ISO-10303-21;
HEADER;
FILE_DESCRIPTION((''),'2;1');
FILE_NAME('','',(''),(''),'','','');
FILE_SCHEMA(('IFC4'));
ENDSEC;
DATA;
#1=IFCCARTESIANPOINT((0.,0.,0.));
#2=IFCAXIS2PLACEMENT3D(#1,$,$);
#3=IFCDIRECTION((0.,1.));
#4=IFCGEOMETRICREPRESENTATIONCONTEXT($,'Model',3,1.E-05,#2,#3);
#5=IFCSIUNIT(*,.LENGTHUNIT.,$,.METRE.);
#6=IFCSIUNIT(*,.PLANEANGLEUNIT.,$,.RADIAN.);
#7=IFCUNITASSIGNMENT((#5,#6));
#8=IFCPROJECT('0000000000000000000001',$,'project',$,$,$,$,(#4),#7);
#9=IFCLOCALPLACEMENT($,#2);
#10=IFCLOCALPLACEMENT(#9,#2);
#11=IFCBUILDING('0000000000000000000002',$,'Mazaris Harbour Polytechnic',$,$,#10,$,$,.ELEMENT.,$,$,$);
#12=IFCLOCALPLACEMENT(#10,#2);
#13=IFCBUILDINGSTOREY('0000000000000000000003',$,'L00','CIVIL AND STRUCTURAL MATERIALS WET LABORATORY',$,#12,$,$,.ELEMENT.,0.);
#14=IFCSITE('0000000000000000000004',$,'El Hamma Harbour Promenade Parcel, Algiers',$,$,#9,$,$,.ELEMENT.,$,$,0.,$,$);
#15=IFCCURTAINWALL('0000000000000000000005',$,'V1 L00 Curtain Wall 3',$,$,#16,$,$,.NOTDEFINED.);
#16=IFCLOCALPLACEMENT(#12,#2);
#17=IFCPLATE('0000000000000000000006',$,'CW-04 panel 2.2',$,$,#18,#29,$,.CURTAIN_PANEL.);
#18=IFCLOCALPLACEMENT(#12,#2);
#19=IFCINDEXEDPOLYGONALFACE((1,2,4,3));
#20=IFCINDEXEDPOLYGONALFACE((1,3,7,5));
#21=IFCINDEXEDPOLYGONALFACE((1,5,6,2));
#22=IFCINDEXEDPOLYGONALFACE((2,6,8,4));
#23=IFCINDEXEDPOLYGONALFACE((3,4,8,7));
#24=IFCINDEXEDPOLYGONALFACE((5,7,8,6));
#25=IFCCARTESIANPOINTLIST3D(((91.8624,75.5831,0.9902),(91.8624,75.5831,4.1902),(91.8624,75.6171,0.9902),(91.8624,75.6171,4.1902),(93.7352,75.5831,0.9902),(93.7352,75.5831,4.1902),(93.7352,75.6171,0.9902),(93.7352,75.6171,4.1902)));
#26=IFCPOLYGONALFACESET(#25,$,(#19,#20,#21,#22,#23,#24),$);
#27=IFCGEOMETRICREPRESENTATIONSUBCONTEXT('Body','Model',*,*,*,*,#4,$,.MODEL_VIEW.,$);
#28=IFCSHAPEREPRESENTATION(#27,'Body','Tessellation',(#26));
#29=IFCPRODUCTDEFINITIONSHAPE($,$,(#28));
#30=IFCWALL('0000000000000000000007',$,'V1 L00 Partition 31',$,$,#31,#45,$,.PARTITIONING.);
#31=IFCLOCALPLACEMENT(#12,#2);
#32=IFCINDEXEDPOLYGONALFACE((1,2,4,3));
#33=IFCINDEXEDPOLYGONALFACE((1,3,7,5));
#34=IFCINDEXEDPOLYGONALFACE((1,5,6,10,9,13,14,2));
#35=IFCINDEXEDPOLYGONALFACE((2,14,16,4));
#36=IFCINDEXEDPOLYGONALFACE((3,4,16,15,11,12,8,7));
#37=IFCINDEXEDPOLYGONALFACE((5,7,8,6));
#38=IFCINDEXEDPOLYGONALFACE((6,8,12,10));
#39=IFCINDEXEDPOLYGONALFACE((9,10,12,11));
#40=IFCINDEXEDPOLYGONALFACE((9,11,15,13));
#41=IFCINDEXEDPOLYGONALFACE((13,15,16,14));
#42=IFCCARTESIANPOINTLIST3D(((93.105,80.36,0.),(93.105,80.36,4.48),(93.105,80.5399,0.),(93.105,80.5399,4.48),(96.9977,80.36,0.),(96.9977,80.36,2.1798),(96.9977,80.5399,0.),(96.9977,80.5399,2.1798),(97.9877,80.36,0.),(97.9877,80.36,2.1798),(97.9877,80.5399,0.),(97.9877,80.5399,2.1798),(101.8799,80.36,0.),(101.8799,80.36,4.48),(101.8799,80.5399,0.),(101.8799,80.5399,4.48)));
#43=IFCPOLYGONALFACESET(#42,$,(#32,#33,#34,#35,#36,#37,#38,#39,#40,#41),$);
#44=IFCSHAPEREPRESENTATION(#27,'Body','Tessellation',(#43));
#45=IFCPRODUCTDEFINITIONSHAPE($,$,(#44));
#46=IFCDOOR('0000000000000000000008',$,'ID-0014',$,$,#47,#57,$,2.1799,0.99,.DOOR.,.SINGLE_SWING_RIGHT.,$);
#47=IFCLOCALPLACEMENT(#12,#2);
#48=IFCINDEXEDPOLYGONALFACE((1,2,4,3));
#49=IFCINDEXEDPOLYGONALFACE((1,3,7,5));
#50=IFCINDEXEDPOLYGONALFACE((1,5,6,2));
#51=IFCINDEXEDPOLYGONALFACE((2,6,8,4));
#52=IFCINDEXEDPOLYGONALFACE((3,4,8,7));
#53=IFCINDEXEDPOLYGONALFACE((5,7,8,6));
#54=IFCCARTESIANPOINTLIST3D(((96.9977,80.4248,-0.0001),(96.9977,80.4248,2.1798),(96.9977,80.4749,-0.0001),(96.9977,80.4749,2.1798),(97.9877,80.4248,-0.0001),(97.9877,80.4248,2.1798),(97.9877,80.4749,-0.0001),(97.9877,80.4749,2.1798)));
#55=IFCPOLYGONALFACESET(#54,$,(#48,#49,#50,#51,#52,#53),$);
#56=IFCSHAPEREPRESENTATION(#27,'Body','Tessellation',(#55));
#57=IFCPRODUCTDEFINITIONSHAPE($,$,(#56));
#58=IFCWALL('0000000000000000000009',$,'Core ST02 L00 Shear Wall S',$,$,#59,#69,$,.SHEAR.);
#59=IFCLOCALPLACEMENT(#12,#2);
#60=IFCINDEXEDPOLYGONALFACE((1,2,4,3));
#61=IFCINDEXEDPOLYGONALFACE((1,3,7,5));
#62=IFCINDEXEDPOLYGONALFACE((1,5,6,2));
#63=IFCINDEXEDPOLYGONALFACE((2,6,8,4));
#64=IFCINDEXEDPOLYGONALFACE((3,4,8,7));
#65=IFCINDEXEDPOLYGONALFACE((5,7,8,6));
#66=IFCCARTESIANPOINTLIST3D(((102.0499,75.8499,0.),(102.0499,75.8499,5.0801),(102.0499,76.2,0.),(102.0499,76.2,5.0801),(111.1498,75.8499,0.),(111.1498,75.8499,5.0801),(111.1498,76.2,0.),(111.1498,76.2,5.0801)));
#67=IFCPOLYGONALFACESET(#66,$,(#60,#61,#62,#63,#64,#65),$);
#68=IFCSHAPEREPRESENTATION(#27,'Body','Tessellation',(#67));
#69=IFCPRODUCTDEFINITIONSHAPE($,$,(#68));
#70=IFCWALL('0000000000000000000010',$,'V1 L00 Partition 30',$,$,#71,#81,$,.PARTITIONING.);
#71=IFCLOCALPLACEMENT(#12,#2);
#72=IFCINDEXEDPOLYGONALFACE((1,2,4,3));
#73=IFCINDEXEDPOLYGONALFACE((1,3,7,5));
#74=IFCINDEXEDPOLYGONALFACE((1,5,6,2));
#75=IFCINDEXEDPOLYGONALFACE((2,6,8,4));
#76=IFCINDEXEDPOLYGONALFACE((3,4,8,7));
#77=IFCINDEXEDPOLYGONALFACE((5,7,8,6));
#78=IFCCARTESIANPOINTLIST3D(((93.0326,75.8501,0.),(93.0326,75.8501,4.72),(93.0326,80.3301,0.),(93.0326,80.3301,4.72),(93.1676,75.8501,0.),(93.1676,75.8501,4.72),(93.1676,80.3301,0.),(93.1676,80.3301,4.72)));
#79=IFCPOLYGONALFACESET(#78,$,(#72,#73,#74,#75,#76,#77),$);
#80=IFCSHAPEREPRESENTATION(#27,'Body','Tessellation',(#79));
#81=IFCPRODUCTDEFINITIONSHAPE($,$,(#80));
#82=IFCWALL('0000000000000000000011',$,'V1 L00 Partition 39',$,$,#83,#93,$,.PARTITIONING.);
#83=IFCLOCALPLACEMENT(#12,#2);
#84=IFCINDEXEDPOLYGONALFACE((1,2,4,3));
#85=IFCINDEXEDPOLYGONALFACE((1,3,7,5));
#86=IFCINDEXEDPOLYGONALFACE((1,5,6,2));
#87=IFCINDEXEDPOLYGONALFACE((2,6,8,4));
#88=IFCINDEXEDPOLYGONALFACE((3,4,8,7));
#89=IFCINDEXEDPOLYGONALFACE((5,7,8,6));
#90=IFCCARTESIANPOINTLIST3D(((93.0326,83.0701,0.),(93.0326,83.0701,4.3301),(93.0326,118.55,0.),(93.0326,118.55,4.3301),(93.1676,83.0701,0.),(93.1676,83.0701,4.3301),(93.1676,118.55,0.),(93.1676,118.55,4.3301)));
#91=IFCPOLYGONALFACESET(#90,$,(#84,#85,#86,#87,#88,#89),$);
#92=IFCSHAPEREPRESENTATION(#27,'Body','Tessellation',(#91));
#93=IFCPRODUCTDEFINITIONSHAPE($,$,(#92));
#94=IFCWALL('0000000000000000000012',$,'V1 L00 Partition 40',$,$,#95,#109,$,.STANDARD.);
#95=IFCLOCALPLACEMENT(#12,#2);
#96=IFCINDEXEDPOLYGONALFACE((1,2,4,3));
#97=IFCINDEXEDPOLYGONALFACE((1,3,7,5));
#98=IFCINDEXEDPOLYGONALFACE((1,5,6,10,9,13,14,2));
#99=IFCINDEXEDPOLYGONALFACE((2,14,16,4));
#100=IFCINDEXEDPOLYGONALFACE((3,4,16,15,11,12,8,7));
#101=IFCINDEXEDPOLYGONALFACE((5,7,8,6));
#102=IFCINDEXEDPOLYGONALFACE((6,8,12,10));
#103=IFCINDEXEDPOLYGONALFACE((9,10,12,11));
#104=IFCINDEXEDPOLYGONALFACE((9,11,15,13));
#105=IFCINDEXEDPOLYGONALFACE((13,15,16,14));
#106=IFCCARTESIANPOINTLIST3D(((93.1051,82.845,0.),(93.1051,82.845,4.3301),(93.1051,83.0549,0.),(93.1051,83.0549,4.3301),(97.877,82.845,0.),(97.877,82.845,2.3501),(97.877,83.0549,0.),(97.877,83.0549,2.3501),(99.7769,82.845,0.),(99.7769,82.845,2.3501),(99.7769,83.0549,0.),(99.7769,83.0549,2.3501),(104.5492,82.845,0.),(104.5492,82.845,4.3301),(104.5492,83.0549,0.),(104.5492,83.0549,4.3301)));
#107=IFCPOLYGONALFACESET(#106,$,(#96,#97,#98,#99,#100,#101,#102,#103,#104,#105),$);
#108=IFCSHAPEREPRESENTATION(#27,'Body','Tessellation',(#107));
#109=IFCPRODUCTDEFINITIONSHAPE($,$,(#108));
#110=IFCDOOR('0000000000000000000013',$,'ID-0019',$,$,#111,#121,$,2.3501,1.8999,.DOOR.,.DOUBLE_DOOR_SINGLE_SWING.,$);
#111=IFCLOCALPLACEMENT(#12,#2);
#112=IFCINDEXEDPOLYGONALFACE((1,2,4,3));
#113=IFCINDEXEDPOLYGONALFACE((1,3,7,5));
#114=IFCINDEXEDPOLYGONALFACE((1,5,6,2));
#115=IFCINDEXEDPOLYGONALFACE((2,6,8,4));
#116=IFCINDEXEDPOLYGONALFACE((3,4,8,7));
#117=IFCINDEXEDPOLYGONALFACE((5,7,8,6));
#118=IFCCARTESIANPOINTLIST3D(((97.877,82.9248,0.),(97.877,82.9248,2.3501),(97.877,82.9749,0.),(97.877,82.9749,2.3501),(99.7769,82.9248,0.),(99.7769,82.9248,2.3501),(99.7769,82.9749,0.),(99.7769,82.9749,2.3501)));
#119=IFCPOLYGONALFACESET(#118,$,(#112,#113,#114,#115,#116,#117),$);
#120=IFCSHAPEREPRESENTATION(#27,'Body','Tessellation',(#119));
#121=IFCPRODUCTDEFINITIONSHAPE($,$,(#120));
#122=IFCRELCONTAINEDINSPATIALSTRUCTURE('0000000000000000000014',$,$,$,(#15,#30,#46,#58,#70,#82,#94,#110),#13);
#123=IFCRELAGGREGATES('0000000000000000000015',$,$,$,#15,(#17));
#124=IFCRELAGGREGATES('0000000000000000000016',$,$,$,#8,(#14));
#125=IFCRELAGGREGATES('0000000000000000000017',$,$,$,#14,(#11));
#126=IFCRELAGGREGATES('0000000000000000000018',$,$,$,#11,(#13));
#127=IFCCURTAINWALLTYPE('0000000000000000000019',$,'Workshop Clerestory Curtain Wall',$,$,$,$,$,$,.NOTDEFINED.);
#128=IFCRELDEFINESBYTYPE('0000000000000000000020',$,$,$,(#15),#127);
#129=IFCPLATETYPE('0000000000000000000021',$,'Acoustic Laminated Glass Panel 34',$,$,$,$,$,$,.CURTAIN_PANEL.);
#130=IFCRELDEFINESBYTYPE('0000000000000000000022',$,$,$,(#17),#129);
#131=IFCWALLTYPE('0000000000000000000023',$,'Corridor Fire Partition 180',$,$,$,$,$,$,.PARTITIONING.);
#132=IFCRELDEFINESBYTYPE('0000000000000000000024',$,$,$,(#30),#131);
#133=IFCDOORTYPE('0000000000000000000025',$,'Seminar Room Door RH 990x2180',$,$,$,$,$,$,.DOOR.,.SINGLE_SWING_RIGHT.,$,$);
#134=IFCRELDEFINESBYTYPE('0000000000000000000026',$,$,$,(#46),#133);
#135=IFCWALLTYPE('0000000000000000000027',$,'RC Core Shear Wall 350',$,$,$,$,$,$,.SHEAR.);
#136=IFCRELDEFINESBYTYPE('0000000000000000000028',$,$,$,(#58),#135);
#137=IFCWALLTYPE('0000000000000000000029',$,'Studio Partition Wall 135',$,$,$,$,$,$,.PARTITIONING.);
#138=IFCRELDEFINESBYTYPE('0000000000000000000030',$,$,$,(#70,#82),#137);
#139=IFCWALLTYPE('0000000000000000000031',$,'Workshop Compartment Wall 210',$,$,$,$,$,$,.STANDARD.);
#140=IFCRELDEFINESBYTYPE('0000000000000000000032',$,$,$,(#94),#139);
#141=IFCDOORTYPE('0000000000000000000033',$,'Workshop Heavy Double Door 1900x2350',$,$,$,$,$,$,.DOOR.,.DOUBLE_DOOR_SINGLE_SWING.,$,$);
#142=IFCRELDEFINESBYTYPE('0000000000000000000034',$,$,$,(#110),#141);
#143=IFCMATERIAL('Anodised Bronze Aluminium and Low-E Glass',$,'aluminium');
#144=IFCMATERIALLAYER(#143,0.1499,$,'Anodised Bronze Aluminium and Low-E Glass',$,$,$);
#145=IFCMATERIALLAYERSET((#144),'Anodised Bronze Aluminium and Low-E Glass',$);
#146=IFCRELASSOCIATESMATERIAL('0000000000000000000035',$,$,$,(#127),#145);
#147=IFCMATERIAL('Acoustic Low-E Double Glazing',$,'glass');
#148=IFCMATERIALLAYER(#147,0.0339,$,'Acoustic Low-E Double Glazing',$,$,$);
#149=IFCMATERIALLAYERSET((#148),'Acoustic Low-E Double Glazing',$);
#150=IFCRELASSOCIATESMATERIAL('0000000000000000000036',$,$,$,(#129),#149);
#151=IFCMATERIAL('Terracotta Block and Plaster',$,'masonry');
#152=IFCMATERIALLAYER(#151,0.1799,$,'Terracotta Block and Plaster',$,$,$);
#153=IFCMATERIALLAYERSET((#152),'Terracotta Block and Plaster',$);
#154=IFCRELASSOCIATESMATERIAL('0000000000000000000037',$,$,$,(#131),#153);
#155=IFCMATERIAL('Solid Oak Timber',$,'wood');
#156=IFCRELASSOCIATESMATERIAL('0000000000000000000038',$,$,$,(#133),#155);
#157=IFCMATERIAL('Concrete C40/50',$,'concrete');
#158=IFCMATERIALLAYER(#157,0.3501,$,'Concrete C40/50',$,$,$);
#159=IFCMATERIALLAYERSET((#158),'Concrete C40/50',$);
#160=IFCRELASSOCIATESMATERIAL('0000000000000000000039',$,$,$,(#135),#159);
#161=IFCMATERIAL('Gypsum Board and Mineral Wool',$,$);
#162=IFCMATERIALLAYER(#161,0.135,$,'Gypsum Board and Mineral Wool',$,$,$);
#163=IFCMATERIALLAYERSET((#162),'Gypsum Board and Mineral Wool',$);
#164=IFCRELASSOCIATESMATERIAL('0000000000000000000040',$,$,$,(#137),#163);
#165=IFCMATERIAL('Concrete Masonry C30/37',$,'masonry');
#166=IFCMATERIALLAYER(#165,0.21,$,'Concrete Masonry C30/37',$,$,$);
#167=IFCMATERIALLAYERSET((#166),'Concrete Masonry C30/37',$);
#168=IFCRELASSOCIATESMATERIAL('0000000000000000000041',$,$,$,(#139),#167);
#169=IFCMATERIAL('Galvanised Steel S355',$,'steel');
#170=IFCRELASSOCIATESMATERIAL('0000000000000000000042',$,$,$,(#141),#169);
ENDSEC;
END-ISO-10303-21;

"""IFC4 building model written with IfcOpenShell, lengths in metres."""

from ifc_helpers import new_model, si_unit, direction, frame, frame_2d, origin, origin_2d, place, context, subcontext, project, spatial, rectangle, extrude, material, layer, layer_set, type_object, element, fill, aggregate, save


model = new_model("IFC4")

# Units and contexts
model_context = context("Model", 3, precision=1e-05, world=origin(), true_north=direction((0.0, 1.0)))
body_context = subcontext(model_context, "Body", "Model", "MODEL_VIEW")
ifc_project = project(units=[si_unit("LENGTHUNIT", "METRE"), si_unit("PLANEANGLEUNIT", "RADIAN")], contexts=[model_context])

# Site, building, storey
site_placement = place(None, origin())
site = spatial("IfcSite", under=ifc_project, at=site_placement, Name="El Hamma Harbour Promenade Parcel, Algiers", CompositionType="ELEMENT", RefElevation=0.0)
building_placement = place(site_placement, origin())
building = spatial("IfcBuilding", under=site, at=building_placement, Name="Mazaris Harbour Polytechnic", CompositionType="ELEMENT")
storey_placement = place(building_placement, origin())
storey = spatial("IfcBuildingStorey", under=building, at=storey_placement, Name="L00", Description="CIVIL AND STRUCTURAL MATERIALS WET LABORATORY", CompositionType="ELEMENT", Elevation=0.0)

# Curtain wall
ifc_material_1 = material(Name="Anodised Bronze Aluminium and Low-E Glass", Category="aluminium")
ifc_layer_1 = layer(ifc_material_1, 0.1499, Name="Anodised Bronze Aluminium and Low-E Glass")
ifc_layer_set_1 = layer_set([ifc_layer_1], Name="Anodised Bronze Aluminium and Low-E Glass")
curtain_wall_type = type_object("IfcCurtainWallType", Name="Workshop Clerestory Curtain Wall", PredefinedType="NOTDEFINED", material=ifc_layer_set_1)
curtain_wall_placement = place(storey_placement, origin())
curtain_wall = element("IfcCurtainWall", 1, at=curtain_wall_placement, inside=storey, type_object=curtain_wall_type, Name="V1 L00 Curtain Wall 3", PredefinedType="NOTDEFINED")

# Plate
ifc_material_2 = material(Name="Acoustic Low-E Double Glazing", Category="glass")
ifc_layer_2 = layer(ifc_material_2, 0.0339, Name="Acoustic Low-E Double Glazing")
ifc_layer_set_2 = layer_set([ifc_layer_2], Name="Acoustic Low-E Double Glazing")
plate_type = type_object("IfcPlateType", Name="Acoustic Laminated Glass Panel 34", PredefinedType="CURTAIN_PANEL", material=ifc_layer_set_2)
plate_1_placement = place(storey_placement, frame((92.7988, 75.6001, 0.9902), z_axis=(0.0, 0.0, 1.0), x_axis=(-1.0, 0.0, 0.0)))
plate_1 = element("IfcPlate", 2, at=plate_1_placement, type_object=plate_type, Name="CW-04 panel 2.2", PredefinedType="CURTAIN_PANEL", context=body_context, shape_type="SweptSolid", body=[
    extrude(rectangle(XDim=1.8728, YDim=0.0339, at=origin_2d()), origin(), (0.0, 0.0, 1.0), 3.2),
])
aggregate(curtain_wall, [plate_1])

# Wall, opening, door
ifc_material_3 = material(Name="Terracotta Block and Plaster", Category="masonry")
ifc_layer_3 = layer(ifc_material_3, 0.1799, Name="Terracotta Block and Plaster")
ifc_layer_set_3 = layer_set([ifc_layer_3], Name="Terracotta Block and Plaster")
wall_type_1 = type_object("IfcWallType", Name="Corridor Fire Partition 180", PredefinedType="PARTITIONING", material=ifc_layer_set_3)
wall_1_placement = place(storey_placement, frame((93.105, 80.45, 0.0), z_axis=(0.0, 0.0, 1.0), x_axis=(1.0, 0.0, 0.0)))
wall_1 = element("IfcWall", 3, at=wall_1_placement, inside=storey, type_object=wall_type_1, Name="V1 L00 Partition 31", PredefinedType="PARTITIONING", context=body_context, shape_type="SweptSolid", body=[
    extrude(rectangle(XDim=8.7749, YDim=0.1799, at=frame_2d((4.3875, 0.0))), origin(), (0.0, 0.0, 1.0), 4.48),
])
opening_1_placement = place(wall_1_placement, frame((3.8926, 0.0, 0.0)))
opening_1 = element("IfcOpeningElement", 4, at=opening_1_placement, cuts=wall_1, PredefinedType="OPENING", context=body_context, shape_type="SweptSolid", body=[
    extrude(rectangle(XDim=0.99, YDim=2.1799, at=frame_2d((0.4951, 1.0898))), frame((0.0, 0.0999, 0.0), z_axis=(0.0, -1.0, 0.0), x_axis=(1.0, 0.0, 0.0)), (0.0, 0.0, 1.0), 0.2),
])
ifc_material_4 = material(Name="Solid Oak Timber", Category="wood")
door_type_1 = type_object("IfcDoorType", Name="Seminar Room Door RH 990x2180", OperationType="SINGLE_SWING_RIGHT", PredefinedType="DOOR", material=ifc_material_4)
door_1_placement = place(opening_1_placement, origin())
door_1 = element("IfcDoor", 5, at=door_1_placement, inside=storey, type_object=door_type_1, Name="ID-0014", OperationType="SINGLE_SWING_RIGHT", OverallHeight=2.1799, OverallWidth=0.99, PredefinedType="DOOR", context=body_context, shape_type="SweptSolid", body=[
    extrude(rectangle(XDim=0.99, YDim=2.1799, at=frame_2d((0.4951, 1.0898))), frame((0.0, 0.0249, 0.0), z_axis=(0.0, -1.0, 0.0), x_axis=(1.0, 0.0, 0.0)), (0.0, 0.0, 1.0), 0.05),
])
fill(opening_1, door_1)

# Walls
ifc_material_5 = material(Name="Concrete C40/50", Category="concrete")
ifc_layer_4 = layer(ifc_material_5, 0.3501, Name="Concrete C40/50")
ifc_layer_set_4 = layer_set([ifc_layer_4], Name="Concrete C40/50")
wall_type_2 = type_object("IfcWallType", Name="RC Core Shear Wall 350", PredefinedType="SHEAR", material=ifc_layer_set_4)
wall_2_placement = place(storey_placement, frame((102.05, 76.0249, 0.0), z_axis=(0.0, 0.0, 1.0), x_axis=(1.0, 0.0, 0.0)))
element("IfcWall", 6, at=wall_2_placement, inside=storey, type_object=wall_type_2, Name="Core ST02 L00 Shear Wall S", PredefinedType="SHEAR", context=body_context, shape_type="SweptSolid", body=[
    extrude(rectangle(XDim=9.0999, YDim=0.3501, at=frame_2d((4.5498, 0.0))), origin(), (0.0, 0.0, 1.0), 5.0801),
])
ifc_material_6 = material(Name="Gypsum Board and Mineral Wool")
ifc_layer_5 = layer(ifc_material_6, 0.135, Name="Gypsum Board and Mineral Wool")
ifc_layer_set_5 = layer_set([ifc_layer_5], Name="Gypsum Board and Mineral Wool")
wall_type_3 = type_object("IfcWallType", Name="Studio Partition Wall 135", PredefinedType="PARTITIONING", material=ifc_layer_set_5)
wall_3_placement = place(storey_placement, frame((93.1001, 75.8501, 0.0), z_axis=(0.0, 0.0, 1.0), x_axis=(0.0, 1.0, 0.0)))
element("IfcWall", 7, at=wall_3_placement, inside=storey, type_object=wall_type_3, Name="V1 L00 Partition 30", PredefinedType="PARTITIONING", context=body_context, shape_type="SweptSolid", body=[
    extrude(rectangle(XDim=4.48, YDim=0.135, at=frame_2d((2.24, 0.0))), origin(), (0.0, 0.0, 1.0), 4.72),
])
wall_4_placement = place(storey_placement, frame((93.1001, 83.0701, 0.0), z_axis=(0.0, 0.0, 1.0), x_axis=(0.0, 1.0, 0.0)))
element("IfcWall", 8, at=wall_4_placement, inside=storey, type_object=wall_type_3, Name="V1 L00 Partition 39", PredefinedType="PARTITIONING", context=body_context, shape_type="SweptSolid", body=[
    extrude(rectangle(XDim=35.48, YDim=0.135, at=frame_2d((17.74, 0.0))), origin(), (0.0, 0.0, 1.0), 4.3301),
])

# Wall, opening, door
ifc_material_7 = material(Name="Concrete Masonry C30/37", Category="masonry")
ifc_layer_6 = layer(ifc_material_7, 0.21, Name="Concrete Masonry C30/37")
ifc_layer_set_6 = layer_set([ifc_layer_6], Name="Concrete Masonry C30/37")
wall_type_4 = type_object("IfcWallType", Name="Workshop Compartment Wall 210", PredefinedType="STANDARD", material=ifc_layer_set_6)
wall_5_placement = place(storey_placement, frame((93.105, 82.95, 0.0), z_axis=(0.0, 0.0, 1.0), x_axis=(1.0, 0.0, 0.0)))
wall_5 = element("IfcWall", 9, at=wall_5_placement, inside=storey, type_object=wall_type_4, Name="V1 L00 Partition 40", PredefinedType="STANDARD", context=body_context, shape_type="SweptSolid", body=[
    extrude(rectangle(XDim=11.4441, YDim=0.21, at=frame_2d((5.7222, 0.0))), origin(), (0.0, 0.0, 1.0), 4.3301),
])
opening_2_placement = place(wall_5_placement, frame((4.772, 0.0, 0.0)))
opening_2 = element("IfcOpeningElement", 10, at=opening_2_placement, cuts=wall_5, PredefinedType="OPENING", context=body_context, shape_type="SweptSolid", body=[
    extrude(rectangle(XDim=1.8999, YDim=2.3501, at=frame_2d((0.95, 1.175))), frame((0.0, 0.115, 0.0), z_axis=(0.0, -1.0, 0.0), x_axis=(1.0, 0.0, 0.0)), (0.0, 0.0, 1.0), 0.23),
])
ifc_material_8 = material(Name="Galvanised Steel S355", Category="steel")
door_type_2 = type_object("IfcDoorType", Name="Workshop Heavy Double Door 1900x2350", OperationType="DOUBLE_DOOR_SINGLE_SWING", PredefinedType="DOOR", material=ifc_material_8)
door_2_placement = place(opening_2_placement, origin())
door_2 = element("IfcDoor", 11, at=door_2_placement, inside=storey, type_object=door_type_2, Name="ID-0019", OperationType="DOUBLE_DOOR_SINGLE_SWING", OverallHeight=2.3501, OverallWidth=1.8999, PredefinedType="DOOR", context=body_context, shape_type="SweptSolid", body=[
    extrude(rectangle(XDim=1.8999, YDim=2.3501, at=frame_2d((0.95, 1.175))), frame((0.0, 0.0249, 0.0), z_axis=(0.0, -1.0, 0.0), x_axis=(1.0, 0.0, 0.0)), (0.0, 0.0, 1.0), 0.05),
])
fill(opening_2, door_2)

save(model, "model.ifc")
